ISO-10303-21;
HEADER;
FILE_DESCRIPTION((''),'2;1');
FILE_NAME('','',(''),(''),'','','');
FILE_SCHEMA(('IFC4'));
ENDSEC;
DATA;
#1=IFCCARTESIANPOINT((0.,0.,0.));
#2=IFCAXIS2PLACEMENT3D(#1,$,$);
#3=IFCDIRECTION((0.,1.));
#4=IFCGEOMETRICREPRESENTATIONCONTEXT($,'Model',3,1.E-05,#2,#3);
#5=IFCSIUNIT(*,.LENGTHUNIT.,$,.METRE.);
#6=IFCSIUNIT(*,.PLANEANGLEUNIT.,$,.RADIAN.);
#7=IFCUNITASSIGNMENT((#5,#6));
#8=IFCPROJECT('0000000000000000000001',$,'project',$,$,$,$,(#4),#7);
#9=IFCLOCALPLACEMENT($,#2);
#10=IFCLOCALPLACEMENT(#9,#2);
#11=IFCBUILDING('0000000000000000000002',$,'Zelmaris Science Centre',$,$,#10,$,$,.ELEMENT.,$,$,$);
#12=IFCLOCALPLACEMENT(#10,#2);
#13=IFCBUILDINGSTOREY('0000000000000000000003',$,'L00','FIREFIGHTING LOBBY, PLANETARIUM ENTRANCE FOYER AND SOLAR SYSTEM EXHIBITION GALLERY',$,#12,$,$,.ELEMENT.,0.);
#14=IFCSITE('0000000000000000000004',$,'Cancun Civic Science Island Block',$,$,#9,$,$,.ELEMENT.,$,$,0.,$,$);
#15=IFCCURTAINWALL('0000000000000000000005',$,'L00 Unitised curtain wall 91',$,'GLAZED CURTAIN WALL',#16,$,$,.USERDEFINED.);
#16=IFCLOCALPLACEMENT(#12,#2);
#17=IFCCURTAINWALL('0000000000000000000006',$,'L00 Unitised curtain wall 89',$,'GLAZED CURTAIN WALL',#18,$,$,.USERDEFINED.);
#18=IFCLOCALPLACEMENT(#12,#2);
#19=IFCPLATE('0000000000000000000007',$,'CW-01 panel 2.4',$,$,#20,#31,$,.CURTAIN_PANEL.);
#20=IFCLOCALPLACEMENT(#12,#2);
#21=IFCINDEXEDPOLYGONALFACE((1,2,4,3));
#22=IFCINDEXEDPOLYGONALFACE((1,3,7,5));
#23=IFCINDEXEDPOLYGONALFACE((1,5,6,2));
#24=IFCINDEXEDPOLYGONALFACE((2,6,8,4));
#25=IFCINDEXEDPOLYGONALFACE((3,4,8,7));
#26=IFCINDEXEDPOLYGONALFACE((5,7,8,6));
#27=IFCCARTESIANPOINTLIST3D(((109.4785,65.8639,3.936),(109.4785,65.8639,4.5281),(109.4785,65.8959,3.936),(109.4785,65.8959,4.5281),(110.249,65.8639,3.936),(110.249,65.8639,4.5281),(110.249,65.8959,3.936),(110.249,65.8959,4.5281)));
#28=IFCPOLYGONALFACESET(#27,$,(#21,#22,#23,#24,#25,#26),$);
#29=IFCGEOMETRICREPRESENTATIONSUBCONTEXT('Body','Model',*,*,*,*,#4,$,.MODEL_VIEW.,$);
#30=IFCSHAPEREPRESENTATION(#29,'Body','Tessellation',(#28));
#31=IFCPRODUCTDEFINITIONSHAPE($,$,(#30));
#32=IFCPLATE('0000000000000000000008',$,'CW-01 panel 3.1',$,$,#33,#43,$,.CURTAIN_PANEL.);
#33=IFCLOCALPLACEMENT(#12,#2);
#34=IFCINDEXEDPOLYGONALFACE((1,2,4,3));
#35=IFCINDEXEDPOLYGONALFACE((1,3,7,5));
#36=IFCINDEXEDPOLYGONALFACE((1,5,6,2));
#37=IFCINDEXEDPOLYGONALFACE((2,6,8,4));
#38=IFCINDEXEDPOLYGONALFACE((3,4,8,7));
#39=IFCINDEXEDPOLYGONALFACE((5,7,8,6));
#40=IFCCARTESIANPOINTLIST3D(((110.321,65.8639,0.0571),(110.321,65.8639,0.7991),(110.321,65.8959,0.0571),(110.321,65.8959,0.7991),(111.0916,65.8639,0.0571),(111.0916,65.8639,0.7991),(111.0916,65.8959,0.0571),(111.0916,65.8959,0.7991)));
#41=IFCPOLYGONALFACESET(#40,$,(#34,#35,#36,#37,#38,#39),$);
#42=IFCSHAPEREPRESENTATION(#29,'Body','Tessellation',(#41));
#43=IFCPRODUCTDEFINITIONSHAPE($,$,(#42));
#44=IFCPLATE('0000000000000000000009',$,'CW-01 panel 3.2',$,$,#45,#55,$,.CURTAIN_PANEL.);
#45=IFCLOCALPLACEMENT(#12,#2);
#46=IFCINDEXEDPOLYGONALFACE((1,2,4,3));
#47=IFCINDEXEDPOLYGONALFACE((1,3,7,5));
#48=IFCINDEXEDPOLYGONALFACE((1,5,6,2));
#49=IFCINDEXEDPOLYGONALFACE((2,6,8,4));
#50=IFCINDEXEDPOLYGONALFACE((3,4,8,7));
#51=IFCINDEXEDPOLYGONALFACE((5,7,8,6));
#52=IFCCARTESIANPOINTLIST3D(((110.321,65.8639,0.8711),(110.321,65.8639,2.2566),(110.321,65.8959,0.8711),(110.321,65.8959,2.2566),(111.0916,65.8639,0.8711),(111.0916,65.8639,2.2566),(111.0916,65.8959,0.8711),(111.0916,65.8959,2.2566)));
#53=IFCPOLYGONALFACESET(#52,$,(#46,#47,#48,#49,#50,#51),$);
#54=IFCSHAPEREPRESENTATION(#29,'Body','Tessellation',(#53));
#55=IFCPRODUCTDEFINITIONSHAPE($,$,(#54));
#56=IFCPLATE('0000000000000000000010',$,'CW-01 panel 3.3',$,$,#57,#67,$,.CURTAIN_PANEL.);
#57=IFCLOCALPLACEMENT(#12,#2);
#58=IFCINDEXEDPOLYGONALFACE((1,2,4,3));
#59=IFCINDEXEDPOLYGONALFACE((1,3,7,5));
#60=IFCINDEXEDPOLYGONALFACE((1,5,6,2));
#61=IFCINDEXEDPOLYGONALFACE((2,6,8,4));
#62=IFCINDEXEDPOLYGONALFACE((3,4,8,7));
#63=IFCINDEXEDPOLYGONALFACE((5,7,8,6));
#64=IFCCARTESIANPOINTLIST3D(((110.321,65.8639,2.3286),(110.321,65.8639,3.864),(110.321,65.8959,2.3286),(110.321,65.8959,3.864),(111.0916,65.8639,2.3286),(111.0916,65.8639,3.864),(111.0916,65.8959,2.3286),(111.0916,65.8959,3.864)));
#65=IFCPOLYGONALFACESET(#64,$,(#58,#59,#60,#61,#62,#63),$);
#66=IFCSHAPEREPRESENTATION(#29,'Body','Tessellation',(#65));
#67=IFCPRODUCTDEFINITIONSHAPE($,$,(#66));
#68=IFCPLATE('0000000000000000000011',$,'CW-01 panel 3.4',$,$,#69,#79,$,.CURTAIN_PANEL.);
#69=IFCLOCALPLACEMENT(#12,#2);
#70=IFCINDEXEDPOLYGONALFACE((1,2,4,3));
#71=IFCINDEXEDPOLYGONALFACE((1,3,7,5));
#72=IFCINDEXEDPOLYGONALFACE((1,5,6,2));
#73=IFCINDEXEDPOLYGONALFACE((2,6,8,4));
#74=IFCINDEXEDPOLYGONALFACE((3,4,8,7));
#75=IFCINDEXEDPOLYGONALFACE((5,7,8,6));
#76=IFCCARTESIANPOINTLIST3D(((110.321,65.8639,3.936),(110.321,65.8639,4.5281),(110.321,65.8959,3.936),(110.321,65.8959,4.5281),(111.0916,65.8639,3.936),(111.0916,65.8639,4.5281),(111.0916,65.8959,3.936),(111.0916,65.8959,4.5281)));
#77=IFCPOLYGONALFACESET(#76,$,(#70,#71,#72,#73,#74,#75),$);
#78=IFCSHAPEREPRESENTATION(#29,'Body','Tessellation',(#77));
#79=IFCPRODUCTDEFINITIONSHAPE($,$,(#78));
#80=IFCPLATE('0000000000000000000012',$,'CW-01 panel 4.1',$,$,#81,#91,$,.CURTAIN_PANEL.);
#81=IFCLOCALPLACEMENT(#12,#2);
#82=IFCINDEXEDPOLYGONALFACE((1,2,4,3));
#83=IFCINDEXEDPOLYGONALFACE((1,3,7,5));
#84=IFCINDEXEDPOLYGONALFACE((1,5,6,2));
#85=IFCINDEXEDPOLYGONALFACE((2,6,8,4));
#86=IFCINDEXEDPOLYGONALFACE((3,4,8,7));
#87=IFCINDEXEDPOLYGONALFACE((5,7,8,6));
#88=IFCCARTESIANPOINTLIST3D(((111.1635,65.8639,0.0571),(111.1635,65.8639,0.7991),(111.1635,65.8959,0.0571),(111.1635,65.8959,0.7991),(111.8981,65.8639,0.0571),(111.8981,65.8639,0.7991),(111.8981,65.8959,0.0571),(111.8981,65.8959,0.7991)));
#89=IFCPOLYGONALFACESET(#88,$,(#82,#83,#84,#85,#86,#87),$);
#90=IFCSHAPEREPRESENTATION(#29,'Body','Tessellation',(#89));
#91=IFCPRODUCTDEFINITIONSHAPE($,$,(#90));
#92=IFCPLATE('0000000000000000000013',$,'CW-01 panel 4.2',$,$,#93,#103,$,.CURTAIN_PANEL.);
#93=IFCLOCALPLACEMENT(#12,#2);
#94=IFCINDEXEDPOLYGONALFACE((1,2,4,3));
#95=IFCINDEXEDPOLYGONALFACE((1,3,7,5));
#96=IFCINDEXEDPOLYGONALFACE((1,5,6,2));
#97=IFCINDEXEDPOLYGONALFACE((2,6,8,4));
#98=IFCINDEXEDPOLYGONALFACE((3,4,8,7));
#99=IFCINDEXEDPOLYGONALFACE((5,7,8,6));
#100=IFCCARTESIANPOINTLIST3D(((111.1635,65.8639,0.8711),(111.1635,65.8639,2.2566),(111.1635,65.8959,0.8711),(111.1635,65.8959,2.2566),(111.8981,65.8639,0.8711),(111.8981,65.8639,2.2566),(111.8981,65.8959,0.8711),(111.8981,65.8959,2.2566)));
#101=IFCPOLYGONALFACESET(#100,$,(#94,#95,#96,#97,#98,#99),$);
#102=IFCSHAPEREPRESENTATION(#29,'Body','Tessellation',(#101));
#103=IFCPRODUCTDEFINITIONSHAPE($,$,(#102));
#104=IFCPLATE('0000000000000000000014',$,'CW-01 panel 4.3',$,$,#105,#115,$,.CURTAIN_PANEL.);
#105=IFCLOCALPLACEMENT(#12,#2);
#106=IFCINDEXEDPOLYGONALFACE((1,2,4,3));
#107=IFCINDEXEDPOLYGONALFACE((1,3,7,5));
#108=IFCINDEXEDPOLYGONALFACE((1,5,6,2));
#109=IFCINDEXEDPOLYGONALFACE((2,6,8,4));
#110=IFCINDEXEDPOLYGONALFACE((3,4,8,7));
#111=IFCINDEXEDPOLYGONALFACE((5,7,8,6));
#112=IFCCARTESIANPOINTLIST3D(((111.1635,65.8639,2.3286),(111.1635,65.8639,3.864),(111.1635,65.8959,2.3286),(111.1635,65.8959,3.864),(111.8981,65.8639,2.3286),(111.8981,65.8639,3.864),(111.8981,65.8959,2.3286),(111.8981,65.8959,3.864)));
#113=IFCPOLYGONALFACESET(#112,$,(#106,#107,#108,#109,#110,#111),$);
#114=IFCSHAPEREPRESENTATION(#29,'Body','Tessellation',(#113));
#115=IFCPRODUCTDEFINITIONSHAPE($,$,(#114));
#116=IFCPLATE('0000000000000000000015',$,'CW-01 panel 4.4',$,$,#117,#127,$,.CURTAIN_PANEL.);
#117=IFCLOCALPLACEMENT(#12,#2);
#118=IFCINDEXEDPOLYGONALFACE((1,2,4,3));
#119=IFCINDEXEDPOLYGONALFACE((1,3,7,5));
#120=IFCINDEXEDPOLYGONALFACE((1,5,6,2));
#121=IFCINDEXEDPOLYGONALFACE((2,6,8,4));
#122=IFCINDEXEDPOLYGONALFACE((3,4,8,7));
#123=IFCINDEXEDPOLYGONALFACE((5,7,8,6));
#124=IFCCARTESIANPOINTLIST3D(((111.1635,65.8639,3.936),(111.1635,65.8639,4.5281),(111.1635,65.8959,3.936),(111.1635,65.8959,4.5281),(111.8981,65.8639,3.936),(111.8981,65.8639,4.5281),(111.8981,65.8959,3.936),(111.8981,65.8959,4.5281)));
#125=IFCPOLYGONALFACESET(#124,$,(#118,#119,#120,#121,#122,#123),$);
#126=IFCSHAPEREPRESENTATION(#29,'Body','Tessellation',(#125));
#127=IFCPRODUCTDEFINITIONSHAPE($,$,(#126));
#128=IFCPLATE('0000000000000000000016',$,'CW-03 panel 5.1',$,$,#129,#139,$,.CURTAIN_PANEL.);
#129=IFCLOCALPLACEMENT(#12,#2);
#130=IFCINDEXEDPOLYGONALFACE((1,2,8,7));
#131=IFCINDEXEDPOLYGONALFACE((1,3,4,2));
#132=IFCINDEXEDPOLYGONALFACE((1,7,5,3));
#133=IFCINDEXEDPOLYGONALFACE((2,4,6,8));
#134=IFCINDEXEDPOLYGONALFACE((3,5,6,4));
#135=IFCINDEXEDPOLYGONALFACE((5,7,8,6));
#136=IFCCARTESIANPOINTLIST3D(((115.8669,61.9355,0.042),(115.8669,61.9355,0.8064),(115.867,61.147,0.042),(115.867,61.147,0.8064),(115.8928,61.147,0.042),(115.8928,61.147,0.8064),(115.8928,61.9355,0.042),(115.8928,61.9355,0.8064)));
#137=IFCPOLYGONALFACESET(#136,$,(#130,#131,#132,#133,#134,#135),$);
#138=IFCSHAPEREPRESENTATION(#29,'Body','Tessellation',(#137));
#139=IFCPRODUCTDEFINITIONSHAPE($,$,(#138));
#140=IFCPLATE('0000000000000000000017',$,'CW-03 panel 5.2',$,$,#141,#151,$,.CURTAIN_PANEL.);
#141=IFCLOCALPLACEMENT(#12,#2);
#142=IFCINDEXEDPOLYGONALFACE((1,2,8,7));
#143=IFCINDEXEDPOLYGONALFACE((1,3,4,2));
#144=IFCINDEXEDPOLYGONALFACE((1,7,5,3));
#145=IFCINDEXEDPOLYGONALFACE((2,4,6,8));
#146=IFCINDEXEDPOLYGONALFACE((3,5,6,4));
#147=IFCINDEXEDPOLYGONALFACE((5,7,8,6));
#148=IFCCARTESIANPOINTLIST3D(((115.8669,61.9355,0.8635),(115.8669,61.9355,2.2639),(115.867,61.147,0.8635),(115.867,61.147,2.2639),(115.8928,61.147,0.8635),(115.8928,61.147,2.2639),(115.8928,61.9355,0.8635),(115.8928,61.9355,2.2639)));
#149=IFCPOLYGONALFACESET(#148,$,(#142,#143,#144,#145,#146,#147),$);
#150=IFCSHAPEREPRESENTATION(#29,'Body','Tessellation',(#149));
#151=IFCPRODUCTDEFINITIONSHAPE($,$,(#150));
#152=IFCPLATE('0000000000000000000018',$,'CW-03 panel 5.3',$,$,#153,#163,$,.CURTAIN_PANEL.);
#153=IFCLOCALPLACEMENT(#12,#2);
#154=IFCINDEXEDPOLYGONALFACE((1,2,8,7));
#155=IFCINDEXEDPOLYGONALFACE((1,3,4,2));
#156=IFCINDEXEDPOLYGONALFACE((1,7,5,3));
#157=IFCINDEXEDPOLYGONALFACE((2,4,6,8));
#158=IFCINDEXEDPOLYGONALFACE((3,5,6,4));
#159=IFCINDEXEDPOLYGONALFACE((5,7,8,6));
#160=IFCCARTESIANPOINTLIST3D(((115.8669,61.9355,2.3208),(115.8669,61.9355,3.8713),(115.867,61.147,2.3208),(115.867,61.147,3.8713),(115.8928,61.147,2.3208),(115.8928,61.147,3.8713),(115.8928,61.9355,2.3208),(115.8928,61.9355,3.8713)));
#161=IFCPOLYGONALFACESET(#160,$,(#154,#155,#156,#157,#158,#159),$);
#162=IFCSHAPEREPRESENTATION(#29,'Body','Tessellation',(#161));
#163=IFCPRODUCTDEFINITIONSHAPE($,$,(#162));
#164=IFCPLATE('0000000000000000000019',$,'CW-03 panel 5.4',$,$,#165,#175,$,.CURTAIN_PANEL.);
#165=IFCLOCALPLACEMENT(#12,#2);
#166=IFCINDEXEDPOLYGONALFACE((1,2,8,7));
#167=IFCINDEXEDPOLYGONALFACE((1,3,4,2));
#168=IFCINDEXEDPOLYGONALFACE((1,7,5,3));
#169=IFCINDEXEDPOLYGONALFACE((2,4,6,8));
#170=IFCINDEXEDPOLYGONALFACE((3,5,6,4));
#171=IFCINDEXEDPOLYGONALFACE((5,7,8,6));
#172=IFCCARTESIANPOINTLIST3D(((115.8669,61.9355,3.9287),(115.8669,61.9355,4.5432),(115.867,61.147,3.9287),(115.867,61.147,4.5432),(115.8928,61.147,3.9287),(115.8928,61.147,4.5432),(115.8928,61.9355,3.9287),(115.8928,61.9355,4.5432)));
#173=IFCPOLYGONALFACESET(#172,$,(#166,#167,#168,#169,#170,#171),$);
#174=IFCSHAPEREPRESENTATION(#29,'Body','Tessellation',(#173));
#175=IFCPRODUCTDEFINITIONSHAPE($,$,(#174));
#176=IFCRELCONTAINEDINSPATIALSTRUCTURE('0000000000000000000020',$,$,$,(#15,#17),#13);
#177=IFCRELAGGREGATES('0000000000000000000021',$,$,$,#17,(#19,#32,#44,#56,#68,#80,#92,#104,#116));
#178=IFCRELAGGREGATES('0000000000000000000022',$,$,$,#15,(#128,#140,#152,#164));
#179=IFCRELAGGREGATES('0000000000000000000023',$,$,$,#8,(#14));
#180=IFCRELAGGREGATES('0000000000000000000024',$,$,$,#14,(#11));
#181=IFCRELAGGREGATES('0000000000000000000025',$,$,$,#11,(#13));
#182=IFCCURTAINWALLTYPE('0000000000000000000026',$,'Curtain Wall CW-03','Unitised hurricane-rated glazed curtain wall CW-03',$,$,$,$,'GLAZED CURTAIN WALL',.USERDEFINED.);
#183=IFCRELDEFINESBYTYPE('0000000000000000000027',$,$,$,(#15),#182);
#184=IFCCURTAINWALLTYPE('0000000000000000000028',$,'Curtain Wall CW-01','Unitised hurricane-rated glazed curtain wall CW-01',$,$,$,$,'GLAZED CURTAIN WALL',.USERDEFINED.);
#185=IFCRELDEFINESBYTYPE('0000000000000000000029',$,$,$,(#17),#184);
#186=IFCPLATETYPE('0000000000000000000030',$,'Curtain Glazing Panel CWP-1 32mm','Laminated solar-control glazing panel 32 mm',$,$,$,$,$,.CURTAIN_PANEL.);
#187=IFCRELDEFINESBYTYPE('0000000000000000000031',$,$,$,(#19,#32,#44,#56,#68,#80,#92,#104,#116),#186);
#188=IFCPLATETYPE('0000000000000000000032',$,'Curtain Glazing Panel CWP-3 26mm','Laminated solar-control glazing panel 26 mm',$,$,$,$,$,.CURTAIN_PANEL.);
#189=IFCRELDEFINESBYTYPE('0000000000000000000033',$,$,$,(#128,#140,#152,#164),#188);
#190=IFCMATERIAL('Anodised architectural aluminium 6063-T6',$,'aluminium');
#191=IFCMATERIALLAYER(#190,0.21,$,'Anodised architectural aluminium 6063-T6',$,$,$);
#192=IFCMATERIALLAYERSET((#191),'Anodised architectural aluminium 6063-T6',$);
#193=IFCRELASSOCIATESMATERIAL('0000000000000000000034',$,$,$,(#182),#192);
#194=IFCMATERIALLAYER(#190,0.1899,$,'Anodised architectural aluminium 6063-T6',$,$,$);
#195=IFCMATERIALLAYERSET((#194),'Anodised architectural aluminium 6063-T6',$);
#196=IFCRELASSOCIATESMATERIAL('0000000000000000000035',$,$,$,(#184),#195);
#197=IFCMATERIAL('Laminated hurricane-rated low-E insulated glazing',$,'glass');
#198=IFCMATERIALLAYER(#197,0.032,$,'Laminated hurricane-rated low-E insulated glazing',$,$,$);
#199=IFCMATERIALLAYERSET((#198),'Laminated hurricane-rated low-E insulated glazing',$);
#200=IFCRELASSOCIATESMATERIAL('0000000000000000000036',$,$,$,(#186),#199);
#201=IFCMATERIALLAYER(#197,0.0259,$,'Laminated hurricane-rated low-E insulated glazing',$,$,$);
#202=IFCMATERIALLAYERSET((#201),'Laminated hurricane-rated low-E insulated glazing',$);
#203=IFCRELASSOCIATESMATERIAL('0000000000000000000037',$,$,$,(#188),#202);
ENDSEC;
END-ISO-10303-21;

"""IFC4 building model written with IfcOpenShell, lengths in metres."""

from ifc_helpers import new_model, si_unit, direction, frame, origin, origin_2d, place, context, subcontext, project, spatial, rectangle, extrude, material, layer, layer_set, type_object, element, aggregate, save


model = new_model("IFC4")

# Units and contexts
model_context = context("Model", 3, precision=1e-05, world=origin(), true_north=direction((0.0, 1.0)))
body_context = subcontext(model_context, "Body", "Model", "MODEL_VIEW")
ifc_project = project(units=[si_unit("LENGTHUNIT", "METRE"), si_unit("PLANEANGLEUNIT", "RADIAN")], contexts=[model_context])

# Site, building, storey
site_placement = place(None, origin())
site = spatial("IfcSite", under=ifc_project, at=site_placement, Name="Cancun Civic Science Island Block", CompositionType="ELEMENT", RefElevation=0.0)
building_placement = place(site_placement, origin())
building = spatial("IfcBuilding", under=site, at=building_placement, Name="Zelmaris Science Centre", CompositionType="ELEMENT")
storey_placement = place(building_placement, origin())
storey = spatial("IfcBuildingStorey", under=building, at=storey_placement, Name="L00", Description="FIREFIGHTING LOBBY, PLANETARIUM ENTRANCE FOYER AND SOLAR SYSTEM EXHIBITION GALLERY", CompositionType="ELEMENT", Elevation=0.0)

# Curtain walls
ifc_material_1 = material(Name="Anodised architectural aluminium 6063-T6", Category="aluminium")
ifc_layer_1 = layer(ifc_material_1, 0.21, Name="Anodised architectural aluminium 6063-T6")
ifc_layer_set_1 = layer_set([ifc_layer_1], Name="Anodised architectural aluminium 6063-T6")
curtain_wall_type_1 = type_object("IfcCurtainWallType", Name="Curtain Wall CW-03", Description="Unitised hurricane-rated glazed curtain wall CW-03", ElementType="GLAZED CURTAIN WALL", PredefinedType="USERDEFINED", material=ifc_layer_set_1)
curtain_wall_1_placement = place(storey_placement, origin())
curtain_wall_1 = element("IfcCurtainWall", 1, at=curtain_wall_1_placement, inside=storey, type_object=curtain_wall_type_1, Name="L00 Unitised curtain wall 91", ObjectType="GLAZED CURTAIN WALL", PredefinedType="USERDEFINED")
ifc_layer_2 = layer(ifc_material_1, 0.1899, Name="Anodised architectural aluminium 6063-T6")
ifc_layer_set_2 = layer_set([ifc_layer_2], Name="Anodised architectural aluminium 6063-T6")
curtain_wall_type_2 = type_object("IfcCurtainWallType", Name="Curtain Wall CW-01", Description="Unitised hurricane-rated glazed curtain wall CW-01", ElementType="GLAZED CURTAIN WALL", PredefinedType="USERDEFINED", material=ifc_layer_set_2)
curtain_wall_2_placement = place(storey_placement, origin())
curtain_wall_2 = element("IfcCurtainWall", 2, at=curtain_wall_2_placement, inside=storey, type_object=curtain_wall_type_2, Name="L00 Unitised curtain wall 89", ObjectType="GLAZED CURTAIN WALL", PredefinedType="USERDEFINED")

# Plates
ifc_material_2 = material(Name="Laminated hurricane-rated low-E insulated glazing", Category="glass")
ifc_layer_3 = layer(ifc_material_2, 0.032, Name="Laminated hurricane-rated low-E insulated glazing")
ifc_layer_set_3 = layer_set([ifc_layer_3], Name="Laminated hurricane-rated low-E insulated glazing")
plate_type_1 = type_object("IfcPlateType", Name="Curtain Glazing Panel CWP-1 32mm", Description="Laminated solar-control glazing panel 32 mm", PredefinedType="CURTAIN_PANEL", material=ifc_layer_set_3)
plate_1_placement = place(storey_placement, frame((109.8638, 65.8799, 3.936), z_axis=(0.0, 0.0, 1.0), x_axis=(1.0, 0.0, 0.0)))
plate_1 = element("IfcPlate", 3, at=plate_1_placement, type_object=plate_type_1, Name="CW-01 panel 2.4", PredefinedType="CURTAIN_PANEL", context=body_context, shape_type="SweptSolid", body=[
    extrude(rectangle(XDim=0.7705, YDim=0.032, at=origin_2d()), origin(), (0.0, 0.0, 1.0), 0.592),
])
plate_2_placement = place(storey_placement, frame((110.7063, 65.8799, 0.0571), z_axis=(0.0, 0.0, 1.0), x_axis=(1.0, 0.0, 0.0)))
plate_2 = element("IfcPlate", 4, at=plate_2_placement, type_object=plate_type_1, Name="CW-01 panel 3.1", PredefinedType="CURTAIN_PANEL", context=body_context, shape_type="SweptSolid", body=[
    extrude(rectangle(XDim=0.7705, YDim=0.032, at=origin_2d()), origin(), (0.0, 0.0, 1.0), 0.7419),
])
plate_3_placement = place(storey_placement, frame((110.7063, 65.8799, 0.8711), z_axis=(0.0, 0.0, 1.0), x_axis=(1.0, 0.0, 0.0)))
plate_3 = element("IfcPlate", 5, at=plate_3_placement, type_object=plate_type_1, Name="CW-01 panel 3.2", PredefinedType="CURTAIN_PANEL", context=body_context, shape_type="SweptSolid", body=[
    extrude(rectangle(XDim=0.7705, YDim=0.032, at=origin_2d()), origin(), (0.0, 0.0, 1.0), 1.3855),
])
plate_4_placement = place(storey_placement, frame((110.7063, 65.8799, 2.3286), z_axis=(0.0, 0.0, 1.0), x_axis=(1.0, 0.0, 0.0)))
plate_4 = element("IfcPlate", 6, at=plate_4_placement, type_object=plate_type_1, Name="CW-01 panel 3.3", PredefinedType="CURTAIN_PANEL", context=body_context, shape_type="SweptSolid", body=[
    extrude(rectangle(XDim=0.7705, YDim=0.032, at=origin_2d()), origin(), (0.0, 0.0, 1.0), 1.5354),
])
plate_5_placement = place(storey_placement, frame((110.7063, 65.8799, 3.936), z_axis=(0.0, 0.0, 1.0), x_axis=(1.0, 0.0, 0.0)))
plate_5 = element("IfcPlate", 7, at=plate_5_placement, type_object=plate_type_1, Name="CW-01 panel 3.4", PredefinedType="CURTAIN_PANEL", context=body_context, shape_type="SweptSolid", body=[
    extrude(rectangle(XDim=0.7705, YDim=0.032, at=origin_2d()), origin(), (0.0, 0.0, 1.0), 0.592),
])
plate_6_placement = place(storey_placement, frame((111.5308, 65.8799, 0.0571), z_axis=(0.0, 0.0, 1.0), x_axis=(1.0, 0.0, 0.0)))
plate_6 = element("IfcPlate", 8, at=plate_6_placement, type_object=plate_type_1, Name="CW-01 panel 4.1", PredefinedType="CURTAIN_PANEL", context=body_context, shape_type="SweptSolid", body=[
    extrude(rectangle(XDim=0.7346, YDim=0.032, at=origin_2d()), origin(), (0.0, 0.0, 1.0), 0.7419),
])
plate_7_placement = place(storey_placement, frame((111.5308, 65.8799, 0.8711), z_axis=(0.0, 0.0, 1.0), x_axis=(1.0, 0.0, 0.0)))
plate_7 = element("IfcPlate", 9, at=plate_7_placement, type_object=plate_type_1, Name="CW-01 panel 4.2", PredefinedType="CURTAIN_PANEL", context=body_context, shape_type="SweptSolid", body=[
    extrude(rectangle(XDim=0.7346, YDim=0.032, at=origin_2d()), origin(), (0.0, 0.0, 1.0), 1.3855),
])
plate_8_placement = place(storey_placement, frame((111.5308, 65.8799, 2.3286), z_axis=(0.0, 0.0, 1.0), x_axis=(1.0, 0.0, 0.0)))
plate_8 = element("IfcPlate", 10, at=plate_8_placement, type_object=plate_type_1, Name="CW-01 panel 4.3", PredefinedType="CURTAIN_PANEL", context=body_context, shape_type="SweptSolid", body=[
    extrude(rectangle(XDim=0.7346, YDim=0.032, at=origin_2d()), origin(), (0.0, 0.0, 1.0), 1.5354),
])
plate_9_placement = place(storey_placement, frame((111.5308, 65.8799, 3.936), z_axis=(0.0, 0.0, 1.0), x_axis=(1.0, 0.0, 0.0)))
plate_9 = element("IfcPlate", 11, at=plate_9_placement, type_object=plate_type_1, Name="CW-01 panel 4.4", PredefinedType="CURTAIN_PANEL", context=body_context, shape_type="SweptSolid", body=[
    extrude(rectangle(XDim=0.7346, YDim=0.032, at=origin_2d()), origin(), (0.0, 0.0, 1.0), 0.592),
])
aggregate(curtain_wall_2, [plate_1, plate_2, plate_3, plate_4, plate_5, plate_6, plate_7, plate_8, plate_9])
ifc_layer_4 = layer(ifc_material_2, 0.0259, Name="Laminated hurricane-rated low-E insulated glazing")
ifc_layer_set_4 = layer_set([ifc_layer_4], Name="Laminated hurricane-rated low-E insulated glazing")
plate_type_2 = type_object("IfcPlateType", Name="Curtain Glazing Panel CWP-3 26mm", Description="Laminated solar-control glazing panel 26 mm", PredefinedType="CURTAIN_PANEL", material=ifc_layer_set_4)
plate_10_placement = place(storey_placement, frame((115.8799, 61.5413, 0.042), z_axis=(0.0, 0.0, 1.0), x_axis=(0.000023, -1.0, 0.0)))
plate_10 = element("IfcPlate", 12, at=plate_10_placement, type_object=plate_type_2, Name="CW-03 panel 5.1", PredefinedType="CURTAIN_PANEL", context=body_context, shape_type="SweptSolid", body=[
    extrude(rectangle(XDim=0.7886, YDim=0.0259, at=origin_2d()), origin(), (0.0, 0.0, 1.0), 0.7644),
])
plate_11_placement = place(storey_placement, frame((115.8799, 61.5413, 0.8635), z_axis=(0.0, 0.0, 1.0), x_axis=(0.000023, -1.0, 0.0)))
plate_11 = element("IfcPlate", 13, at=plate_11_placement, type_object=plate_type_2, Name="CW-03 panel 5.2", PredefinedType="CURTAIN_PANEL", context=body_context, shape_type="SweptSolid", body=[
    extrude(rectangle(XDim=0.7886, YDim=0.0259, at=origin_2d()), origin(), (0.0, 0.0, 1.0), 1.4004),
])
plate_12_placement = place(storey_placement, frame((115.8799, 61.5413, 2.3208), z_axis=(0.0, 0.0, 1.0), x_axis=(0.000023, -1.0, 0.0)))
plate_12 = element("IfcPlate", 14, at=plate_12_placement, type_object=plate_type_2, Name="CW-03 panel 5.3", PredefinedType="CURTAIN_PANEL", context=body_context, shape_type="SweptSolid", body=[
    extrude(rectangle(XDim=0.7886, YDim=0.0259, at=origin_2d()), origin(), (0.0, 0.0, 1.0), 1.5505),
])
plate_13_placement = place(storey_placement, frame((115.8799, 61.5413, 3.9287), z_axis=(0.0, 0.0, 1.0), x_axis=(0.000023, -1.0, 0.0)))
plate_13 = element("IfcPlate", 15, at=plate_13_placement, type_object=plate_type_2, Name="CW-03 panel 5.4", PredefinedType="CURTAIN_PANEL", context=body_context, shape_type="SweptSolid", body=[
    extrude(rectangle(XDim=0.7886, YDim=0.0259, at=origin_2d()), origin(), (0.0, 0.0, 1.0), 0.6145),
])
aggregate(curtain_wall_1, [plate_10, plate_11, plate_12, plate_13])

save(model, "model.ifc")
